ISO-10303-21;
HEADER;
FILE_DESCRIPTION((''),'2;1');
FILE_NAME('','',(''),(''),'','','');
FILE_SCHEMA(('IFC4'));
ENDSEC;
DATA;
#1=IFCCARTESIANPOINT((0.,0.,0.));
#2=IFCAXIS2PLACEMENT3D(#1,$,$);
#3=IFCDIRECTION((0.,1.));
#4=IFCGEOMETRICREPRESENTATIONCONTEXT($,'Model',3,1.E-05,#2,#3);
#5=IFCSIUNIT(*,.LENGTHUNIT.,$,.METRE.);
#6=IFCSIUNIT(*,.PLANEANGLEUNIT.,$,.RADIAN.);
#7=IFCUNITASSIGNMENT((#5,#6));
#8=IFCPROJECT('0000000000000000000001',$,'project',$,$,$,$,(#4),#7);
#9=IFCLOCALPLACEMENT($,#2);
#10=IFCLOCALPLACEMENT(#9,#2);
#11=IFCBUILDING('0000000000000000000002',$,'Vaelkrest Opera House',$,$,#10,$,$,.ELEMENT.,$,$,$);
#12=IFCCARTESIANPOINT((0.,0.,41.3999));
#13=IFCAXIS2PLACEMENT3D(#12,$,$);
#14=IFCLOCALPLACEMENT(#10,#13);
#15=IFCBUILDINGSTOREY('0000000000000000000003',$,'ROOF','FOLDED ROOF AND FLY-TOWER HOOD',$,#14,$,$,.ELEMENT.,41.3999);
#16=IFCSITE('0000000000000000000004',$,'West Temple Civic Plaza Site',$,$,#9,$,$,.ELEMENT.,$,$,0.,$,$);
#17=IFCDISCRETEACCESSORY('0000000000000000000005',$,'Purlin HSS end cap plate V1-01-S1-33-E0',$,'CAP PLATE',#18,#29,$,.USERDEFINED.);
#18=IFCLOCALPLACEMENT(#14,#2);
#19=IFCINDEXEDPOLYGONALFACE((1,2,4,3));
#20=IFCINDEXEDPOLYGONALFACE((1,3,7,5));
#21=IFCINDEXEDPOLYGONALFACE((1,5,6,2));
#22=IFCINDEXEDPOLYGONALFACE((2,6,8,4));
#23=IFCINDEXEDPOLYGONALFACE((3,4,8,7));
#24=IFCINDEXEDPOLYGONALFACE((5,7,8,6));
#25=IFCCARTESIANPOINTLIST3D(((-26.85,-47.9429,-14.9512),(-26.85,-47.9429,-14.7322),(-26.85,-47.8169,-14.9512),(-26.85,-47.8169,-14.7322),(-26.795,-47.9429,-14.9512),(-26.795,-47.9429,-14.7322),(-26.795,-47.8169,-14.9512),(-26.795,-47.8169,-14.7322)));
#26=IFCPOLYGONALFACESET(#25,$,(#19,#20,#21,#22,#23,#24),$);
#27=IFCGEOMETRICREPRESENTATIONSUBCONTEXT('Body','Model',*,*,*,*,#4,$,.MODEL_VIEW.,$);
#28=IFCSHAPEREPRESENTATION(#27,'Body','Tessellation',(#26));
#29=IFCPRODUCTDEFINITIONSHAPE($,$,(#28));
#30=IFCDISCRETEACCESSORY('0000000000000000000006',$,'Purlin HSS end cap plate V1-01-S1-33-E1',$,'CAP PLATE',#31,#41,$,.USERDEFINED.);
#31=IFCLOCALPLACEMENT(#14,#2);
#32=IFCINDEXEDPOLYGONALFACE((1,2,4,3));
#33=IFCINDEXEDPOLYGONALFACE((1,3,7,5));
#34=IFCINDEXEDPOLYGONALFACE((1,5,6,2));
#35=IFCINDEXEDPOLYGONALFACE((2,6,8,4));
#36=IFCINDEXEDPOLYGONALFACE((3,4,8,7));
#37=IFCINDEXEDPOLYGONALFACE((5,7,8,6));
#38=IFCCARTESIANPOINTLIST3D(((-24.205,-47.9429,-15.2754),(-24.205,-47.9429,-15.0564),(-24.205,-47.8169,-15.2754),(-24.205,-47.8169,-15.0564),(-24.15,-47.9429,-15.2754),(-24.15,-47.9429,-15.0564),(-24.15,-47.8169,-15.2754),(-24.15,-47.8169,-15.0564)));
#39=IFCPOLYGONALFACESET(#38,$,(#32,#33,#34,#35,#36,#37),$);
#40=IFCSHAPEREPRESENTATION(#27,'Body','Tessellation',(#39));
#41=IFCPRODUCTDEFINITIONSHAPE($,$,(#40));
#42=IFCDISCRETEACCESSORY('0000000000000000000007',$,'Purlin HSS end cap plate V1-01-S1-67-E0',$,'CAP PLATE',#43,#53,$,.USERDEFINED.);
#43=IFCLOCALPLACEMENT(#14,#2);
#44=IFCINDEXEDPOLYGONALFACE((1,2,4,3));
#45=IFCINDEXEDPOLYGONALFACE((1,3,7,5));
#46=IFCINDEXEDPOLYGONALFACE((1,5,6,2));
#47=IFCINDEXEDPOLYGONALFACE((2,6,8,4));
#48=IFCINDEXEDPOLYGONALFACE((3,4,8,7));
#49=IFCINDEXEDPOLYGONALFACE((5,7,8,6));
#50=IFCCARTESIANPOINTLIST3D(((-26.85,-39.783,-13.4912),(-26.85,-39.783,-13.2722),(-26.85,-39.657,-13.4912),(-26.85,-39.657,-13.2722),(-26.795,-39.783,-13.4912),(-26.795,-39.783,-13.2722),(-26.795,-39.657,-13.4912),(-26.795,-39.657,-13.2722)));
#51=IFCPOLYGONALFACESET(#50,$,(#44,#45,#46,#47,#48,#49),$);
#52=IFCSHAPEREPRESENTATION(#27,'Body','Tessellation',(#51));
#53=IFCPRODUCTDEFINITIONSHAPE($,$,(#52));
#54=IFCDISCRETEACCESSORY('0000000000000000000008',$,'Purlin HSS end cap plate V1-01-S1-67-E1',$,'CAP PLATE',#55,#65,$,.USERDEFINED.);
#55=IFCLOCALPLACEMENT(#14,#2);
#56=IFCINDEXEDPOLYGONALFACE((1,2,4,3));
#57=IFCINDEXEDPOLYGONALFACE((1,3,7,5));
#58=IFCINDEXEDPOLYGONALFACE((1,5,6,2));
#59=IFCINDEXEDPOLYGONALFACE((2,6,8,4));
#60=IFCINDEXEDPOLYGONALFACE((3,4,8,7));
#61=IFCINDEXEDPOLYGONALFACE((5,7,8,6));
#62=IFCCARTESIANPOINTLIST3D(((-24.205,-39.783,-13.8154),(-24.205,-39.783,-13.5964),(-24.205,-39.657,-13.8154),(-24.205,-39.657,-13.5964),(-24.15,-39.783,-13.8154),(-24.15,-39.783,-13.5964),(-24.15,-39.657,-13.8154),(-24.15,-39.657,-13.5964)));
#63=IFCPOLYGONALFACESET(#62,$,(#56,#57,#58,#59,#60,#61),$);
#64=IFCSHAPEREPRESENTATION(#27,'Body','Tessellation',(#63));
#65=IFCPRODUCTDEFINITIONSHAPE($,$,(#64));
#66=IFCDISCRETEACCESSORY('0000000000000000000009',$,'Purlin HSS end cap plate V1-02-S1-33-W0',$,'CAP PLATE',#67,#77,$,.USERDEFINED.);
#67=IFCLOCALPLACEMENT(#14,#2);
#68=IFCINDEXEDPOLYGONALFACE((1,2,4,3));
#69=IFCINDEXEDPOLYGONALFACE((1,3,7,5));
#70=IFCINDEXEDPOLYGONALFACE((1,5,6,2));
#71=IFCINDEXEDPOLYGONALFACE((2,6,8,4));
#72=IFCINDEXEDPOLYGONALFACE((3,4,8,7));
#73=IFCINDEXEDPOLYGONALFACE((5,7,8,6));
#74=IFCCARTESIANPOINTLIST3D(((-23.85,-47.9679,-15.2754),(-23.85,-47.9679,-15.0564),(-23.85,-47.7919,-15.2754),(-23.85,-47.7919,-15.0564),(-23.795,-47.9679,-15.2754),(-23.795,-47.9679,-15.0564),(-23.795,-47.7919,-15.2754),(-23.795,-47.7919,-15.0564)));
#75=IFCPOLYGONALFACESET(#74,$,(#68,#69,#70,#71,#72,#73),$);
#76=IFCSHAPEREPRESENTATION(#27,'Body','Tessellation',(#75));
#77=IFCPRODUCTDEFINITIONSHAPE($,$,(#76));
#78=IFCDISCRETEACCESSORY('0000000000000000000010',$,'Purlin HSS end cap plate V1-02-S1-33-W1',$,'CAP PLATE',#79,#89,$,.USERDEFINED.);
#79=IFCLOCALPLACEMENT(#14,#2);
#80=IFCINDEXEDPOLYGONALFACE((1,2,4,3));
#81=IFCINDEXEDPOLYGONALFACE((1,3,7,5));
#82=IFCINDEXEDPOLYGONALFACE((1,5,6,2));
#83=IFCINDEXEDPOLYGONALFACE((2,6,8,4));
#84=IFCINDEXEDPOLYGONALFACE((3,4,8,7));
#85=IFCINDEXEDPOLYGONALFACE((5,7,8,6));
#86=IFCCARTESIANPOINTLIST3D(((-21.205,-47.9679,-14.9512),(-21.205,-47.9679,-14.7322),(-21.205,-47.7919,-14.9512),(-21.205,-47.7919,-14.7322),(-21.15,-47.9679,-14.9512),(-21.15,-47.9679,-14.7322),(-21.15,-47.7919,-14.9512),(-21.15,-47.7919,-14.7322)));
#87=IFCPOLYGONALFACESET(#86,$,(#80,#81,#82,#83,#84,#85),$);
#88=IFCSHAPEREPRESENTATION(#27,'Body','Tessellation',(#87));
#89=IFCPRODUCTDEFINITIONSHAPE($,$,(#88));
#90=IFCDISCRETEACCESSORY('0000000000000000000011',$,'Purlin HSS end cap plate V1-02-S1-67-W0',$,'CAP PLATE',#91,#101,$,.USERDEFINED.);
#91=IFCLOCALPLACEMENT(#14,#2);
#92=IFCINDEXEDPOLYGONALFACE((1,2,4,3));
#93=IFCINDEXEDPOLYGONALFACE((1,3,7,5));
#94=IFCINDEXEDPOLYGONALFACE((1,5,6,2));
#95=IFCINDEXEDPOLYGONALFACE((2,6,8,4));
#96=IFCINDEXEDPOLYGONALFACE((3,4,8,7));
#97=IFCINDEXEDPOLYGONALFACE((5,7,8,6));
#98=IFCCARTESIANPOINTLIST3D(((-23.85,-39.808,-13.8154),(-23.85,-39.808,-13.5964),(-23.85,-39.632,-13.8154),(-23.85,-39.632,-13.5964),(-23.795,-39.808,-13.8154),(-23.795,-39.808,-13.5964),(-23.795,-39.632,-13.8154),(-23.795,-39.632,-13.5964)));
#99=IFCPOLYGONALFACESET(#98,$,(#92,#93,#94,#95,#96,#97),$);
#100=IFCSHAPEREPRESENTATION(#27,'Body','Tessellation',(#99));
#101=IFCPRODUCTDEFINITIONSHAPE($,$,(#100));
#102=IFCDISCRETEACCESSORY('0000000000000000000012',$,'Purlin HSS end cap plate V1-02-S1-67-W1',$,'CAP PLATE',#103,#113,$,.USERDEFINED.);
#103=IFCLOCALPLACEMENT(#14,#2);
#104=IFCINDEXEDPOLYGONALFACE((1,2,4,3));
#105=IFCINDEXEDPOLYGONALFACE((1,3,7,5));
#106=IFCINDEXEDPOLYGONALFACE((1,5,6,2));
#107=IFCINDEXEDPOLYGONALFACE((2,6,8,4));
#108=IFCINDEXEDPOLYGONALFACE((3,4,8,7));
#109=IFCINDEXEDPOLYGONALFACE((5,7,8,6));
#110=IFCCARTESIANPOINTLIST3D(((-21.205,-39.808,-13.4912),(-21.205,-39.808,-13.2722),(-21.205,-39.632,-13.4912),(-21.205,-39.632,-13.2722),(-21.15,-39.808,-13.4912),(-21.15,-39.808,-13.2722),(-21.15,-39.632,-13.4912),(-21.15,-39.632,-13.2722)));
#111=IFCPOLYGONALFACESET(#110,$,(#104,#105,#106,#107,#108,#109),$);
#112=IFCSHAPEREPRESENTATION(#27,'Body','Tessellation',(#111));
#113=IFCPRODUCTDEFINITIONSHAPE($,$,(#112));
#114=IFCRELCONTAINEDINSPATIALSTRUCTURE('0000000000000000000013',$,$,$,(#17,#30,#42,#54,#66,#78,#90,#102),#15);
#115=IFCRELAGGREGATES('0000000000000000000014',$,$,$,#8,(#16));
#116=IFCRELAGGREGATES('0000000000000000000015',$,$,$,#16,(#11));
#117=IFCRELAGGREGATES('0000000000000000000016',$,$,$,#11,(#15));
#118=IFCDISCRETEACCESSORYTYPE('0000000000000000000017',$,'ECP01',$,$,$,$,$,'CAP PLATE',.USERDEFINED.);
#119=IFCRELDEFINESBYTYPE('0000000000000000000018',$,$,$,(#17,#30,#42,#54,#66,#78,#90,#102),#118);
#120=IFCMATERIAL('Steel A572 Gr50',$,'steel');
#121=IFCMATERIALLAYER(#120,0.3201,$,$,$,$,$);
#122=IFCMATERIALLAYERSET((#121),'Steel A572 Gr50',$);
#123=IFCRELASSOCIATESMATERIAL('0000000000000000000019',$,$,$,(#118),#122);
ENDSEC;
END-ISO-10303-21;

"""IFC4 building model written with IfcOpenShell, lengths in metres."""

from ifc_helpers import new_model, si_unit, direction, frame, origin, origin_2d, place, context, subcontext, project, spatial, rectangle, extrude, material, layer, layer_set, type_object, element, save


model = new_model("IFC4")

# Units and contexts
model_context = context("Model", 3, precision=1e-05, world=origin(), true_north=direction((0.0, 1.0)))
body_context = subcontext(model_context, "Body", "Model", "MODEL_VIEW")
ifc_project = project(units=[si_unit("LENGTHUNIT", "METRE"), si_unit("PLANEANGLEUNIT", "RADIAN")], contexts=[model_context])

# Site, building, storey
site_placement = place(None, origin())
site = spatial("IfcSite", under=ifc_project, at=site_placement, Name="West Temple Civic Plaza Site", CompositionType="ELEMENT", RefElevation=0.0)
building_placement = place(site_placement, origin())
building = spatial("IfcBuilding", under=site, at=building_placement, Name="Vaelkrest Opera House", CompositionType="ELEMENT")
storey_placement = place(building_placement, frame((0.0, 0.0, 41.3999)))
storey = spatial("IfcBuildingStorey", under=building, at=storey_placement, Name="ROOF", Description="FOLDED ROOF AND FLY-TOWER HOOD", CompositionType="ELEMENT", Elevation=41.3999)

# Shared definitions
ifc_material_1 = material(Name="Steel A572 Gr50", Category="steel")

# Discrete accessories
ifc_layer_1 = layer(ifc_material_1, 0.3201)
ifc_layer_set_1 = layer_set([ifc_layer_1], Name="Steel A572 Gr50")
discrete_accessory_type = type_object("IfcDiscreteAccessoryType", Name="ECP01", ElementType="CAP PLATE", PredefinedType="USERDEFINED", material=ifc_layer_set_1)
for number, where, z_axis, x_axis, name in (
    (1, (-26.8225, -47.8799, -14.9512), (0.0, 0.0, 1.0), (1.0, 0.0, 0.0), "Purlin HSS end cap plate V1-01-S1-33-E0"),
    (2, (-24.1775, -47.8799, -15.2754), (0.0, 0.0, 1.0), (1.0, 0.0, 0.0), "Purlin HSS end cap plate V1-01-S1-33-E1"),
    (3, (-26.8225, -39.72, -13.4912), (0.0, 0.0, 1.0), (1.0, 0.0, 0.0), "Purlin HSS end cap plate V1-01-S1-67-E0"),
    (4, (-24.1775, -39.72, -13.8154), (0.0, 0.0, 1.0), (1.0, 0.0, 0.0), "Purlin HSS end cap plate V1-01-S1-67-E1"),
):
    element("IfcDiscreteAccessory", number, at=place(storey_placement, frame(where, z_axis=z_axis, x_axis=x_axis)), inside=storey, type_object=discrete_accessory_type, Name=name, ObjectType="CAP PLATE", PredefinedType="USERDEFINED", context=body_context, shape_type="SweptSolid", body=[
        extrude(rectangle(XDim=0.0549, YDim=0.126, at=origin_2d()), origin(), (0.0, 0.0, 1.0), 0.219),
    ])
for number, where, z_axis, x_axis, name in (
    (5, (-23.8225, -47.8799, -15.2754), (0.0, 0.0, 1.0), (1.0, 0.0, 0.0), "Purlin HSS end cap plate V1-02-S1-33-W0"),
    (6, (-21.1775, -47.8799, -14.9512), (0.0, 0.0, 1.0), (1.0, 0.0, 0.0), "Purlin HSS end cap plate V1-02-S1-33-W1"),
    (7, (-23.8225, -39.72, -13.8154), (0.0, 0.0, 1.0), (1.0, 0.0, 0.0), "Purlin HSS end cap plate V1-02-S1-67-W0"),
    (8, (-21.1775, -39.72, -13.4912), (0.0, 0.0, 1.0), (1.0, 0.0, 0.0), "Purlin HSS end cap plate V1-02-S1-67-W1"),
):
    element("IfcDiscreteAccessory", number, at=place(storey_placement, frame(where, z_axis=z_axis, x_axis=x_axis)), inside=storey, type_object=discrete_accessory_type, Name=name, ObjectType="CAP PLATE", PredefinedType="USERDEFINED", context=body_context, shape_type="SweptSolid", body=[
        extrude(rectangle(XDim=0.0549, YDim=0.176, at=origin_2d()), origin(), (0.0, 0.0, 1.0), 0.219),
    ])

save(model, "model.ifc")
